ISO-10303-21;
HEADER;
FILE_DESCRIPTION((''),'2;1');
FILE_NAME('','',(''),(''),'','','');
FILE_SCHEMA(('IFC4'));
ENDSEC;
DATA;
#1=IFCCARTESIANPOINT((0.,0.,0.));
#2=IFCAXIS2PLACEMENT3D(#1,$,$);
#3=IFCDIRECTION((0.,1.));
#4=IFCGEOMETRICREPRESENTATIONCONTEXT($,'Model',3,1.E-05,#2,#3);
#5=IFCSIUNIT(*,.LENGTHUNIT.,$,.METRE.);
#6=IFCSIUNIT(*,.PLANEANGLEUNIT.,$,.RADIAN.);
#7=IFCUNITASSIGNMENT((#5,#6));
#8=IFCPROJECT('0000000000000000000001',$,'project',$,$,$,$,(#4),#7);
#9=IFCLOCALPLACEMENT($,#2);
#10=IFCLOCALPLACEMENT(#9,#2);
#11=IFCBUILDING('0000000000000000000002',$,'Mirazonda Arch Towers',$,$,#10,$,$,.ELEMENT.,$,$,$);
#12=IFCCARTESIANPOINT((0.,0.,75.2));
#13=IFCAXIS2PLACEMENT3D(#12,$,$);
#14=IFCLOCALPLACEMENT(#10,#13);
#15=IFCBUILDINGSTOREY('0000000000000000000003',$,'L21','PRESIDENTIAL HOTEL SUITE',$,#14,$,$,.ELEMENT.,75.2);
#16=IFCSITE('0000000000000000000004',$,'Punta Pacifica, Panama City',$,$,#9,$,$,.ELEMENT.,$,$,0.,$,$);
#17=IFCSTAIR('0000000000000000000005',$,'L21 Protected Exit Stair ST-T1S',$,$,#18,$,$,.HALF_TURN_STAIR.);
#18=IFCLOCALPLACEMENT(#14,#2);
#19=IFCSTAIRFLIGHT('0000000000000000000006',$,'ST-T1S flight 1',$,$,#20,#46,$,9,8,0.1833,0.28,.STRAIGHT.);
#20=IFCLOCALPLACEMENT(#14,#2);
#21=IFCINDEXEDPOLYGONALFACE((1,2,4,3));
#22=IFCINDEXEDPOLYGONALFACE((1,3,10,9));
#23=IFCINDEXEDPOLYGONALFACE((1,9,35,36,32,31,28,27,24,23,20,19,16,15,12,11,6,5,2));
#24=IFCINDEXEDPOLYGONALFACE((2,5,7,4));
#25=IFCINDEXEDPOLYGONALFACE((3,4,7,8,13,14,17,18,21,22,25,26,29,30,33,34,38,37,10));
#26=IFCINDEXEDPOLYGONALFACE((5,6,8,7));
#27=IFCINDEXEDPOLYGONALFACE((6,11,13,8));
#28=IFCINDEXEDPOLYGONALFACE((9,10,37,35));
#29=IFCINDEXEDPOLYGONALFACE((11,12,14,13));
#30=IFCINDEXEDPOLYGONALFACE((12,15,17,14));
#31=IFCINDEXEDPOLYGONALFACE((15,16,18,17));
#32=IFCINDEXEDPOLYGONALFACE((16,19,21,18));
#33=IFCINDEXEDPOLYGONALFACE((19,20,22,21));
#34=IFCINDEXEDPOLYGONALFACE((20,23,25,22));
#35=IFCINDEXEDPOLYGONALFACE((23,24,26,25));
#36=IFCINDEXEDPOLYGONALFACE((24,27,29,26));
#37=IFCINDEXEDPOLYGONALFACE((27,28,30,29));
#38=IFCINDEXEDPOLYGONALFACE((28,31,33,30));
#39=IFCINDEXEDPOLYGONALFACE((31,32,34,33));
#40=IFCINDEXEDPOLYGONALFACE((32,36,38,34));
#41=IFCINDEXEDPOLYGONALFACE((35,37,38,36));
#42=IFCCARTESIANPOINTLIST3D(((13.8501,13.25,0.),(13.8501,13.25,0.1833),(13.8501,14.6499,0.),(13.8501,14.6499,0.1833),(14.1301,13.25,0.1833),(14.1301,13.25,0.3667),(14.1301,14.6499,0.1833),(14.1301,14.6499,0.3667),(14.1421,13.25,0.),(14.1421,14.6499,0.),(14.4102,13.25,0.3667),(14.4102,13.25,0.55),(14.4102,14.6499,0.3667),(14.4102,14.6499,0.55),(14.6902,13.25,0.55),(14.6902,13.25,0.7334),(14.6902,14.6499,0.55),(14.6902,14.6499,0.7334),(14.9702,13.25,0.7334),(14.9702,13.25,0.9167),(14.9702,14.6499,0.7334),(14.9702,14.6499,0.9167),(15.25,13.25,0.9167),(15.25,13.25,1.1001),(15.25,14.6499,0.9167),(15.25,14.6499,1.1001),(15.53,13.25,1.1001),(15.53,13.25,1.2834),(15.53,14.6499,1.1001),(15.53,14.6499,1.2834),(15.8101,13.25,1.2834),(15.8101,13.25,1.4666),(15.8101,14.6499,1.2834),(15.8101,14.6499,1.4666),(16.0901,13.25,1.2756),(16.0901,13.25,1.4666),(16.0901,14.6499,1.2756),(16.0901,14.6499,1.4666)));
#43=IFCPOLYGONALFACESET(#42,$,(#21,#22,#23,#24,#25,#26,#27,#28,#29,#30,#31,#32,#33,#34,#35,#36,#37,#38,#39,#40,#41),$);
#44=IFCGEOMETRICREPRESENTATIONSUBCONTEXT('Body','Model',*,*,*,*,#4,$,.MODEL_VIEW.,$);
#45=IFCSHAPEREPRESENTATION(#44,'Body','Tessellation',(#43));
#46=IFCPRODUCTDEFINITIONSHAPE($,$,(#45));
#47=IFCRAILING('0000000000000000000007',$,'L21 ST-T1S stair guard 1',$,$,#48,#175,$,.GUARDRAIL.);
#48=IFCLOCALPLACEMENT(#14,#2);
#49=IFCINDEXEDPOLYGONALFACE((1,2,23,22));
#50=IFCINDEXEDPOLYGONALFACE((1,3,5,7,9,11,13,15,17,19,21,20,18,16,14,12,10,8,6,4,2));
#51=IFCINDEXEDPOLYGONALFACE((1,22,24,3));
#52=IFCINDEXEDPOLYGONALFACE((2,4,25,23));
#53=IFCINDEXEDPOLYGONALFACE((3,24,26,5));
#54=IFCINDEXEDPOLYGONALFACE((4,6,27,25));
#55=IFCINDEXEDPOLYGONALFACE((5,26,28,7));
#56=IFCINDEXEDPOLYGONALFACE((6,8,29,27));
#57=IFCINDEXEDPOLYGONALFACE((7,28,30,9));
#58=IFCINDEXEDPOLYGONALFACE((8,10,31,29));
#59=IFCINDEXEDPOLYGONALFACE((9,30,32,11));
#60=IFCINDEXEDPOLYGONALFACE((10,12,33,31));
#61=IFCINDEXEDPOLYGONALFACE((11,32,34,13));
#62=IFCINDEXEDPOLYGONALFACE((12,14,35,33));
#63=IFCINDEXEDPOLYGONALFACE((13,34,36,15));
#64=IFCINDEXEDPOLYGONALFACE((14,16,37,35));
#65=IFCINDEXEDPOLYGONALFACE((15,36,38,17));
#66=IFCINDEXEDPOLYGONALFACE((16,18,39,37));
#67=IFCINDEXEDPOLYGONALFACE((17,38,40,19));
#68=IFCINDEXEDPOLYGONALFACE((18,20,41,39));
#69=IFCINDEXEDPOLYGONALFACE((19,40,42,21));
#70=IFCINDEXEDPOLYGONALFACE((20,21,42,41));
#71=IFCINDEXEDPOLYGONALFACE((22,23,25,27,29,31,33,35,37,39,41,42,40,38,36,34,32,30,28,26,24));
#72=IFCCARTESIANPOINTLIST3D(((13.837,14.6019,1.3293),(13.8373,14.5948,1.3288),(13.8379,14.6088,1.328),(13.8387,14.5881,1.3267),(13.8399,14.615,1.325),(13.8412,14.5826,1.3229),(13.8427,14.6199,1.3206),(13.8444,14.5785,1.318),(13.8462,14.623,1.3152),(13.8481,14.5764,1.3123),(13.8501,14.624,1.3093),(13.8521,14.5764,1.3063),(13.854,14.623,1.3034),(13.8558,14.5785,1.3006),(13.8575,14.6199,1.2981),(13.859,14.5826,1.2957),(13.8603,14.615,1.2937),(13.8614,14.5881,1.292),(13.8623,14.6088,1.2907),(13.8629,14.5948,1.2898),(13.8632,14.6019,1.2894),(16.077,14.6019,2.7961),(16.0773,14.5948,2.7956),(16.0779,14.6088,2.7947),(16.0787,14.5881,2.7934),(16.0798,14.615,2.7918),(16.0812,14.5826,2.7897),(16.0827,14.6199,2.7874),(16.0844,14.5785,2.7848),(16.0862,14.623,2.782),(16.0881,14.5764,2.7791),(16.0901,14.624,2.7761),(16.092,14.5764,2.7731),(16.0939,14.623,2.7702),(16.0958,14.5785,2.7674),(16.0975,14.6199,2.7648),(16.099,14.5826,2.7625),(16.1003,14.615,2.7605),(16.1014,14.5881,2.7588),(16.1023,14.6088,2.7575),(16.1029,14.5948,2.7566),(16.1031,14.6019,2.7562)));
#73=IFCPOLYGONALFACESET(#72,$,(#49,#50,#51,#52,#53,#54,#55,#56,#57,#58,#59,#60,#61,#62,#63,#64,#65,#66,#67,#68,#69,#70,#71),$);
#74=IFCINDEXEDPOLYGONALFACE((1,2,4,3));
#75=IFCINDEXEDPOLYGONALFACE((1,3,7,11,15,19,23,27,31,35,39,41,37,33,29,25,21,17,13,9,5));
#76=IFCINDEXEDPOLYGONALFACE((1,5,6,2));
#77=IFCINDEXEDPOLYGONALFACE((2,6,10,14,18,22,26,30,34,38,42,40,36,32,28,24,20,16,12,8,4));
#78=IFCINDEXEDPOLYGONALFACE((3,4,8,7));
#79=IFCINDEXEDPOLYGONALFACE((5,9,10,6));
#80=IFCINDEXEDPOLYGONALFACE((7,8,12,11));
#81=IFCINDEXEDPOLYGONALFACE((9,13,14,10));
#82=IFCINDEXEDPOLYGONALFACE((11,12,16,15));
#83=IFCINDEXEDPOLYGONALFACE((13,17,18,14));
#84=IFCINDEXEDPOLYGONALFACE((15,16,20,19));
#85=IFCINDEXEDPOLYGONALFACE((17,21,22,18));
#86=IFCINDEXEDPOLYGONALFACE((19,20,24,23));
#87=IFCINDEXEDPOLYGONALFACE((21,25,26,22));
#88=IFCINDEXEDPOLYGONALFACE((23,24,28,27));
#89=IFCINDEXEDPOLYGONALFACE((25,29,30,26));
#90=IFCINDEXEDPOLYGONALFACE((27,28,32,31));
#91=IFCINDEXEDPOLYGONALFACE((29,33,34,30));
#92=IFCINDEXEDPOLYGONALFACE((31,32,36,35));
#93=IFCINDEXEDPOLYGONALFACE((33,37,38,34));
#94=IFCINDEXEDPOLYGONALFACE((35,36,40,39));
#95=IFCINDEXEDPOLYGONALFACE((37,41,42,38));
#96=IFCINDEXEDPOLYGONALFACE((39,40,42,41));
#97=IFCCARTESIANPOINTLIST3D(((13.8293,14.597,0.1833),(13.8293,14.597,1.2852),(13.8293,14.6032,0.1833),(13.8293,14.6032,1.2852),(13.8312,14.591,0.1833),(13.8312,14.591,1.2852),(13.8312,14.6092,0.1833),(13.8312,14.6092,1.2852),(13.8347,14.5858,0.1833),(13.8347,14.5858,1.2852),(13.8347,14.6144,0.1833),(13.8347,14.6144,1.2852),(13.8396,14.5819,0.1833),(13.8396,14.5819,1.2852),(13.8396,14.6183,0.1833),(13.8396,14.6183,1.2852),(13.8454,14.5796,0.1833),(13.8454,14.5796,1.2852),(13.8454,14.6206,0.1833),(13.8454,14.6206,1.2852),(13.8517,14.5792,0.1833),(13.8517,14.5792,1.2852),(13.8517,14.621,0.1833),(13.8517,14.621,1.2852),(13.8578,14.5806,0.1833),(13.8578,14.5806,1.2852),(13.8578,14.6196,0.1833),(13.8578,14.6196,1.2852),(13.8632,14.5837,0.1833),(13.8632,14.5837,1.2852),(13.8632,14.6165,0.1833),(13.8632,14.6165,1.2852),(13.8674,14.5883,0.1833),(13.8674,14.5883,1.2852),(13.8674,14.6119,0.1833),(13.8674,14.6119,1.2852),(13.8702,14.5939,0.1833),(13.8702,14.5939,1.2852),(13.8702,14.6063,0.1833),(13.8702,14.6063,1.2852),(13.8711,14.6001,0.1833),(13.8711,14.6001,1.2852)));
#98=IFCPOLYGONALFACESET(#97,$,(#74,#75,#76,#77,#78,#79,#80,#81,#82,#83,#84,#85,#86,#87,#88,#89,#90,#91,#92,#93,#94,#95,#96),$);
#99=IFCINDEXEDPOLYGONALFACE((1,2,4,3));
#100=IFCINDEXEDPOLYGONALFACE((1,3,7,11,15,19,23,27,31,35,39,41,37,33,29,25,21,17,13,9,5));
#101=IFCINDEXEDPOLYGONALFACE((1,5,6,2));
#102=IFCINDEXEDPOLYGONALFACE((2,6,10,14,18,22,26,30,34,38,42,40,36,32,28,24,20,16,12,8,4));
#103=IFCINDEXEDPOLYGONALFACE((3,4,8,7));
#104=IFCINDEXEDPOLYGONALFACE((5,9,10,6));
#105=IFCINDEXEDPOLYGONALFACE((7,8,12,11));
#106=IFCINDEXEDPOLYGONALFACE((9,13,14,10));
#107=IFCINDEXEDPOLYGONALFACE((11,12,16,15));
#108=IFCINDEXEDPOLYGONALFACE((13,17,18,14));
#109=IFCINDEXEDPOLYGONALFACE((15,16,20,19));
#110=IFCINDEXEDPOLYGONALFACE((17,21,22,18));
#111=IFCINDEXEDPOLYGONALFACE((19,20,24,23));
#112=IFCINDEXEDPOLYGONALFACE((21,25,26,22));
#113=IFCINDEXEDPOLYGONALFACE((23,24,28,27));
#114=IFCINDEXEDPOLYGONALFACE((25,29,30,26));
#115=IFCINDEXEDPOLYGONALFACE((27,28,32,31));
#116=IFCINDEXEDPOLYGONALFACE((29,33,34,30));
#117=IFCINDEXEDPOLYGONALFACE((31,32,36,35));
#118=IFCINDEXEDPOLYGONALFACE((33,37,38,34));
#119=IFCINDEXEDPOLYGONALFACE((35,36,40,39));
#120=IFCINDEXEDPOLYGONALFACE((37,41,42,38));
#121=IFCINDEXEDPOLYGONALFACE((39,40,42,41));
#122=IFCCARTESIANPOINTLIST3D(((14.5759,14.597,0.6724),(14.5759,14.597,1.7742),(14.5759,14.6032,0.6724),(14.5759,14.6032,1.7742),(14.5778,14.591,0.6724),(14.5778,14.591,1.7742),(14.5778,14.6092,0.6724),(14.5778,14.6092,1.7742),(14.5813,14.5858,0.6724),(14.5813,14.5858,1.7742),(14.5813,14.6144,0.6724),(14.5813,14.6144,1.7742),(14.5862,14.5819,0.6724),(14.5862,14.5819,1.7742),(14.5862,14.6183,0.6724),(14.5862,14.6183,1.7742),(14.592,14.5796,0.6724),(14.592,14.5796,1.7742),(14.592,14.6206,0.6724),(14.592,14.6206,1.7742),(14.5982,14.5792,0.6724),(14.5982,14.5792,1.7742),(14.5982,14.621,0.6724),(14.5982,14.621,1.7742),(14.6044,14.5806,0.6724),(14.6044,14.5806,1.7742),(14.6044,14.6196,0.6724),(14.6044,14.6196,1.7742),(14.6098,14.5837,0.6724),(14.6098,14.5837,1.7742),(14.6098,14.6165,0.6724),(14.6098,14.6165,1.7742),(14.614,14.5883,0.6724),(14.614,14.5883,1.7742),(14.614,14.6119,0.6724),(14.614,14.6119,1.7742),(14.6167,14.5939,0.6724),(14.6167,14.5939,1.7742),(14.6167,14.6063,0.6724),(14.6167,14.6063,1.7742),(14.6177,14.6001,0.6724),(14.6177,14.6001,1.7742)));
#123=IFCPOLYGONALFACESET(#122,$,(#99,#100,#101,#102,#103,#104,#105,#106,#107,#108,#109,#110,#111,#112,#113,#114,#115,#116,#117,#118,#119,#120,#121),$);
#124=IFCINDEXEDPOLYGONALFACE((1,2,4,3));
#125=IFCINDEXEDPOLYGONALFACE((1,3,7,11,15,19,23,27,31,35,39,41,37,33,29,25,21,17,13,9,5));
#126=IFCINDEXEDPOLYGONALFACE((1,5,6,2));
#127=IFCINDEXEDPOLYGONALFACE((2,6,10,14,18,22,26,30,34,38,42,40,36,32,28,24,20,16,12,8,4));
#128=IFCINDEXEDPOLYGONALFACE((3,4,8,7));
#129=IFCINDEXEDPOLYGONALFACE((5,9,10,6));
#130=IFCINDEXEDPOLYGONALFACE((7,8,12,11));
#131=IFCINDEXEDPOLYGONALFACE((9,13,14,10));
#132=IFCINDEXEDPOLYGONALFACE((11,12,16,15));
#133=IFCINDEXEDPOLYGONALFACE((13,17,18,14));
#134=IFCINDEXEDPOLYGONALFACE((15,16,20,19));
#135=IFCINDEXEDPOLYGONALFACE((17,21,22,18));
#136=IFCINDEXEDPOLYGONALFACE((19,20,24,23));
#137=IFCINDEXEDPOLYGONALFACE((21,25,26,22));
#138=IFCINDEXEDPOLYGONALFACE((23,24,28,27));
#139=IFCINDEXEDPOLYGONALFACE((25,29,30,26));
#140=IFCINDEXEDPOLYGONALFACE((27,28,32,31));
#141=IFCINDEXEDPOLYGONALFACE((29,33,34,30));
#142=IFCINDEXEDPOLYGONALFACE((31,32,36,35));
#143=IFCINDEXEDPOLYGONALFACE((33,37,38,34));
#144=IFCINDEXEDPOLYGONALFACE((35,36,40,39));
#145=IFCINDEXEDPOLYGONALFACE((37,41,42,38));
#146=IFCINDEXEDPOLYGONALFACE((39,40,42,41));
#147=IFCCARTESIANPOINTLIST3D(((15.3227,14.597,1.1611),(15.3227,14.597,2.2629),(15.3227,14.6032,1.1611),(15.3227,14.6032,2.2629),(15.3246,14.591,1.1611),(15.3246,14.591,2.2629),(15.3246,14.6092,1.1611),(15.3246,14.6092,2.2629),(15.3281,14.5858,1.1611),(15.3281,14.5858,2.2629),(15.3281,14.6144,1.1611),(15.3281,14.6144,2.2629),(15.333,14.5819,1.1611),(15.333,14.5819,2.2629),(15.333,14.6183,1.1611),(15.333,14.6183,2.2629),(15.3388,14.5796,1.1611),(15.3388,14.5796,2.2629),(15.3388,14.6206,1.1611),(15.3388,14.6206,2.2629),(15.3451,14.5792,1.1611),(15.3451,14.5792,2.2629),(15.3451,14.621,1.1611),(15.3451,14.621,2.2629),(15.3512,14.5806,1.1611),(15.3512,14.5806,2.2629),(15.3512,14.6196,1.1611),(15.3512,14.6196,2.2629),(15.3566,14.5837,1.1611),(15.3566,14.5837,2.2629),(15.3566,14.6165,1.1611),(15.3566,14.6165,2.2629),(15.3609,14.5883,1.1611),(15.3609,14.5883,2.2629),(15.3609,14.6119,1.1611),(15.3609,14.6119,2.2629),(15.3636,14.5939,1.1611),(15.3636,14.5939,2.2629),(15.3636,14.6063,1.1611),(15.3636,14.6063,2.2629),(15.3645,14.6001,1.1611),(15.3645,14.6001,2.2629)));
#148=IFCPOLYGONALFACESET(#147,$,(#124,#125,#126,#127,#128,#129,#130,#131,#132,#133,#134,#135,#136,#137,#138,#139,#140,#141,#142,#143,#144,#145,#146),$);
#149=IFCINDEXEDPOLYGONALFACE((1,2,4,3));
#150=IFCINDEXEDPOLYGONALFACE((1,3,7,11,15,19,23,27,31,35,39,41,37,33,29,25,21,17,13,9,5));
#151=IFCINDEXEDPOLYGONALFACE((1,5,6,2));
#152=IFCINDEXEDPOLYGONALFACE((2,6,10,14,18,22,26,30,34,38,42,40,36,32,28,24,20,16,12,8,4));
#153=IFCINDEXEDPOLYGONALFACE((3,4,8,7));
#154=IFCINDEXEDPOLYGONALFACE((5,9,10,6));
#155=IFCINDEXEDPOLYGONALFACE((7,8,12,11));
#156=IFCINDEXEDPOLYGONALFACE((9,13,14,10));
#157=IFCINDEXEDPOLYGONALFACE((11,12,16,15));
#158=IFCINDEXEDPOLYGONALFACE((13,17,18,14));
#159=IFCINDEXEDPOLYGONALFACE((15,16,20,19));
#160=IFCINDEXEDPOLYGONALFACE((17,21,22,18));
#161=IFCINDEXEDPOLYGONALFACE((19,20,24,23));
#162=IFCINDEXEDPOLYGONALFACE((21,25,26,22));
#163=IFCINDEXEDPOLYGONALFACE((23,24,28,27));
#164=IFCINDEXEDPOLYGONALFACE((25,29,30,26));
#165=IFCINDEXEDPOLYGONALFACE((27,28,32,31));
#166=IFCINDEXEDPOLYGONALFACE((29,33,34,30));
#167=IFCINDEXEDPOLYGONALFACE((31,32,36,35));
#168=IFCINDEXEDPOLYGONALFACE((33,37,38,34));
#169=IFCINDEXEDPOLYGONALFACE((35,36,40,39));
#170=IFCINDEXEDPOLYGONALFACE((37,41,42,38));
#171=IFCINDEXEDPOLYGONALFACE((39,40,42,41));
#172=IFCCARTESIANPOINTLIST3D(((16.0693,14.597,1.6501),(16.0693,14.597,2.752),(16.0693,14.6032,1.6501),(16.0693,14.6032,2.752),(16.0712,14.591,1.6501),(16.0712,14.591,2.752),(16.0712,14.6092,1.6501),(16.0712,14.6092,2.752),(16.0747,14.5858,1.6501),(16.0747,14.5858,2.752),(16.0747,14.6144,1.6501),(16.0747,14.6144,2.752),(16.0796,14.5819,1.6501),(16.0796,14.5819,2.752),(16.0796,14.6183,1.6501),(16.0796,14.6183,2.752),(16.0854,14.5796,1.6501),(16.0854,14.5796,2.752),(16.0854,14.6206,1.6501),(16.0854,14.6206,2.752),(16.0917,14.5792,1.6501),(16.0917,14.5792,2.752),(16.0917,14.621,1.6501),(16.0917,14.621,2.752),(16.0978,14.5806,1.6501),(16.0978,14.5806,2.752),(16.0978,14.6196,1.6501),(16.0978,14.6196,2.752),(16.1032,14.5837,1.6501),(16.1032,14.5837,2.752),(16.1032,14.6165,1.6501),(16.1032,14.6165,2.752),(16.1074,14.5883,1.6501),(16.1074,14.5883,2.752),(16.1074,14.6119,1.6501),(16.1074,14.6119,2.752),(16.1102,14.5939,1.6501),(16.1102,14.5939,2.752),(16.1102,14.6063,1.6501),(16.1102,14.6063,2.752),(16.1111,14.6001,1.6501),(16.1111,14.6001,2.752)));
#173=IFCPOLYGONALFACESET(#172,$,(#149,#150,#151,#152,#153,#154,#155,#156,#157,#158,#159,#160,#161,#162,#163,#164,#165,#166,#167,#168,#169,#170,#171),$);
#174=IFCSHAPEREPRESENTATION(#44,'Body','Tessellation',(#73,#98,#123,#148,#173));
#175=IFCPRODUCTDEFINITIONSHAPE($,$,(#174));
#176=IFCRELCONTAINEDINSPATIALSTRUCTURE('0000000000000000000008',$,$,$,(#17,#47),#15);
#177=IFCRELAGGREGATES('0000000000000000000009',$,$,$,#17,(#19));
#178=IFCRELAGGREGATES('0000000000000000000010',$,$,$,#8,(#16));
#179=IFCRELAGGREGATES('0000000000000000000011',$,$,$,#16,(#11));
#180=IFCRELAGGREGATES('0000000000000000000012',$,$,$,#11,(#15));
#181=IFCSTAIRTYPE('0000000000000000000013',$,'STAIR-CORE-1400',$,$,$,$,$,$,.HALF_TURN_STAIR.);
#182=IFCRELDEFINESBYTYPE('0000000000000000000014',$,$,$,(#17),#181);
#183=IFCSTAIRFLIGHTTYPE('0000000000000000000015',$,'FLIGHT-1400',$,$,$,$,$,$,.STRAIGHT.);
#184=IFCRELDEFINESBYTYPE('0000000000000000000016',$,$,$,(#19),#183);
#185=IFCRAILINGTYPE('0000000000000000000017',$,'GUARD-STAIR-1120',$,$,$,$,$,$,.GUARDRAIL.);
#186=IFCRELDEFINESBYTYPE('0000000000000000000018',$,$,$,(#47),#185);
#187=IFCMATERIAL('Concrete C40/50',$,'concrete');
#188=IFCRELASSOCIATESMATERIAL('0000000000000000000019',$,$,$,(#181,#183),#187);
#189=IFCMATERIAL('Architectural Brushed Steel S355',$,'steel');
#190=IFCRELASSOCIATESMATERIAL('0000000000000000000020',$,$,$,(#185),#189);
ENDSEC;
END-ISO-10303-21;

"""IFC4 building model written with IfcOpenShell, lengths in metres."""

from ifc_helpers import new_model, si_unit, direction, frame, origin, origin_2d, place, context, subcontext, project, spatial, polyline, circle, outline, extrude, material, type_object, element, aggregate, save


model = new_model("IFC4")

# Units and contexts
model_context = context("Model", 3, precision=1e-05, world=origin(), true_north=direction((0.0, 1.0)))
body_context = subcontext(model_context, "Body", "Model", "MODEL_VIEW")
ifc_project = project(units=[si_unit("LENGTHUNIT", "METRE"), si_unit("PLANEANGLEUNIT", "RADIAN")], contexts=[model_context])

# Site, building, storey
site_placement = place(None, origin())
site = spatial("IfcSite", under=ifc_project, at=site_placement, Name="Punta Pacifica, Panama City", CompositionType="ELEMENT", RefElevation=0.0)
building_placement = place(site_placement, origin())
building = spatial("IfcBuilding", under=site, at=building_placement, Name="Mirazonda Arch Towers", CompositionType="ELEMENT")
storey_placement = place(building_placement, frame((0.0, 0.0, 75.2)))
storey = spatial("IfcBuildingStorey", under=building, at=storey_placement, Name="L21", Description="PRESIDENTIAL HOTEL SUITE", CompositionType="ELEMENT", Elevation=75.2)

# Stair
ifc_material_1 = material(Name="Concrete C40/50", Category="concrete")
stair_type = type_object("IfcStairType", Name="STAIR-CORE-1400", PredefinedType="HALF_TURN_STAIR", material=ifc_material_1)
stair_1_placement = place(storey_placement, origin())
stair_1 = element("IfcStair", 1, at=stair_1_placement, inside=storey, type_object=stair_type, Name="L21 Protected Exit Stair ST-T1S", PredefinedType="HALF_TURN_STAIR")

# Shared definitions
ifc_material_2 = material(Name="Architectural Brushed Steel S355", Category="steel")

# Stair flight
stair_flight_type = type_object("IfcStairFlightType", Name="FLIGHT-1400", PredefinedType="STRAIGHT", material=ifc_material_1)
stair_flight_placement = place(storey_placement, frame((13.8501, 13.95, 0.0), z_axis=(0.0, 0.0, 1.0), x_axis=(1.0, 0.0, 0.0)))
stair_flight = element("IfcStairFlight", 2, at=stair_flight_placement, type_object=stair_flight_type, Name="ST-T1S flight 1", NumberOfRisers=9, NumberOfTreads=8, PredefinedType="STRAIGHT", RiserHeight=0.1833, TreadLength=0.28, context=body_context, shape_type="SweptSolid", body=[
    extrude(outline(polyline([(0.0, 0.0), (0.0, 0.1833), (0.28, 0.1833), (0.28, 0.3667), (0.5601, 0.3667), (0.5601, 0.55), (0.8401, 0.55), (0.8401, 0.7334), (1.1201, 0.7334), (1.1201, 0.9167), (1.3999, 0.9167), (1.3999, 1.1001), (1.6799, 1.1001), (1.6799, 1.2834), (1.96, 1.2834), (1.96, 1.4666), (2.24, 1.4666), (2.24, 1.6499), (2.24, 1.2756), (0.292, 0.0), (0.0, 0.0)])), frame((0.0, 0.7, 0.0), z_axis=(0.0, -1.0, 0.0), x_axis=(1.0, 0.0, 0.0)), (0.0, 0.0, 1.0), 1.3999),
])
aggregate(stair_1, [stair_flight])

# Railing
railing_type_1 = type_object("IfcRailingType", Name="GUARD-STAIR-1120", PredefinedType="GUARDRAIL", material=ifc_material_2)
railing_1_placement = place(storey_placement, frame((13.8501, 14.6001, 0.1833)))
element("IfcRailing", 3, at=railing_1_placement, inside=storey, type_object=railing_type_1, Name="L21 ST-T1S stair guard 1", PredefinedType="GUARDRAIL", context=body_context, shape_type="SweptSolid", body=[
    extrude(circle(Radius=0.0239, at=origin_2d()), frame((0.0, 0.0, 1.126), z_axis=(0.836595, 0.0, 0.547822), x_axis=(0.0, 1.0, 0.0)), (0.0, 0.0, 1.0), 2.6775),
    extrude(circle(Radius=0.021, at=origin_2d()), origin(), (0.0, 0.0, 1.0), 1.1018),
    extrude(circle(Radius=0.021, at=origin_2d()), frame((0.7466, 0.0, 0.489)), (0.0, 0.0, 1.0), 1.1018),
    extrude(circle(Radius=0.021, at=origin_2d()), frame((1.4934, 0.0, 0.9778)), (0.0, 0.0, 1.0), 1.1018),
    extrude(circle(Radius=0.021, at=origin_2d()), frame((2.24, 0.0, 1.4668)), (0.0, 0.0, 1.0), 1.1018),
])

save(model, "model.ifc")
